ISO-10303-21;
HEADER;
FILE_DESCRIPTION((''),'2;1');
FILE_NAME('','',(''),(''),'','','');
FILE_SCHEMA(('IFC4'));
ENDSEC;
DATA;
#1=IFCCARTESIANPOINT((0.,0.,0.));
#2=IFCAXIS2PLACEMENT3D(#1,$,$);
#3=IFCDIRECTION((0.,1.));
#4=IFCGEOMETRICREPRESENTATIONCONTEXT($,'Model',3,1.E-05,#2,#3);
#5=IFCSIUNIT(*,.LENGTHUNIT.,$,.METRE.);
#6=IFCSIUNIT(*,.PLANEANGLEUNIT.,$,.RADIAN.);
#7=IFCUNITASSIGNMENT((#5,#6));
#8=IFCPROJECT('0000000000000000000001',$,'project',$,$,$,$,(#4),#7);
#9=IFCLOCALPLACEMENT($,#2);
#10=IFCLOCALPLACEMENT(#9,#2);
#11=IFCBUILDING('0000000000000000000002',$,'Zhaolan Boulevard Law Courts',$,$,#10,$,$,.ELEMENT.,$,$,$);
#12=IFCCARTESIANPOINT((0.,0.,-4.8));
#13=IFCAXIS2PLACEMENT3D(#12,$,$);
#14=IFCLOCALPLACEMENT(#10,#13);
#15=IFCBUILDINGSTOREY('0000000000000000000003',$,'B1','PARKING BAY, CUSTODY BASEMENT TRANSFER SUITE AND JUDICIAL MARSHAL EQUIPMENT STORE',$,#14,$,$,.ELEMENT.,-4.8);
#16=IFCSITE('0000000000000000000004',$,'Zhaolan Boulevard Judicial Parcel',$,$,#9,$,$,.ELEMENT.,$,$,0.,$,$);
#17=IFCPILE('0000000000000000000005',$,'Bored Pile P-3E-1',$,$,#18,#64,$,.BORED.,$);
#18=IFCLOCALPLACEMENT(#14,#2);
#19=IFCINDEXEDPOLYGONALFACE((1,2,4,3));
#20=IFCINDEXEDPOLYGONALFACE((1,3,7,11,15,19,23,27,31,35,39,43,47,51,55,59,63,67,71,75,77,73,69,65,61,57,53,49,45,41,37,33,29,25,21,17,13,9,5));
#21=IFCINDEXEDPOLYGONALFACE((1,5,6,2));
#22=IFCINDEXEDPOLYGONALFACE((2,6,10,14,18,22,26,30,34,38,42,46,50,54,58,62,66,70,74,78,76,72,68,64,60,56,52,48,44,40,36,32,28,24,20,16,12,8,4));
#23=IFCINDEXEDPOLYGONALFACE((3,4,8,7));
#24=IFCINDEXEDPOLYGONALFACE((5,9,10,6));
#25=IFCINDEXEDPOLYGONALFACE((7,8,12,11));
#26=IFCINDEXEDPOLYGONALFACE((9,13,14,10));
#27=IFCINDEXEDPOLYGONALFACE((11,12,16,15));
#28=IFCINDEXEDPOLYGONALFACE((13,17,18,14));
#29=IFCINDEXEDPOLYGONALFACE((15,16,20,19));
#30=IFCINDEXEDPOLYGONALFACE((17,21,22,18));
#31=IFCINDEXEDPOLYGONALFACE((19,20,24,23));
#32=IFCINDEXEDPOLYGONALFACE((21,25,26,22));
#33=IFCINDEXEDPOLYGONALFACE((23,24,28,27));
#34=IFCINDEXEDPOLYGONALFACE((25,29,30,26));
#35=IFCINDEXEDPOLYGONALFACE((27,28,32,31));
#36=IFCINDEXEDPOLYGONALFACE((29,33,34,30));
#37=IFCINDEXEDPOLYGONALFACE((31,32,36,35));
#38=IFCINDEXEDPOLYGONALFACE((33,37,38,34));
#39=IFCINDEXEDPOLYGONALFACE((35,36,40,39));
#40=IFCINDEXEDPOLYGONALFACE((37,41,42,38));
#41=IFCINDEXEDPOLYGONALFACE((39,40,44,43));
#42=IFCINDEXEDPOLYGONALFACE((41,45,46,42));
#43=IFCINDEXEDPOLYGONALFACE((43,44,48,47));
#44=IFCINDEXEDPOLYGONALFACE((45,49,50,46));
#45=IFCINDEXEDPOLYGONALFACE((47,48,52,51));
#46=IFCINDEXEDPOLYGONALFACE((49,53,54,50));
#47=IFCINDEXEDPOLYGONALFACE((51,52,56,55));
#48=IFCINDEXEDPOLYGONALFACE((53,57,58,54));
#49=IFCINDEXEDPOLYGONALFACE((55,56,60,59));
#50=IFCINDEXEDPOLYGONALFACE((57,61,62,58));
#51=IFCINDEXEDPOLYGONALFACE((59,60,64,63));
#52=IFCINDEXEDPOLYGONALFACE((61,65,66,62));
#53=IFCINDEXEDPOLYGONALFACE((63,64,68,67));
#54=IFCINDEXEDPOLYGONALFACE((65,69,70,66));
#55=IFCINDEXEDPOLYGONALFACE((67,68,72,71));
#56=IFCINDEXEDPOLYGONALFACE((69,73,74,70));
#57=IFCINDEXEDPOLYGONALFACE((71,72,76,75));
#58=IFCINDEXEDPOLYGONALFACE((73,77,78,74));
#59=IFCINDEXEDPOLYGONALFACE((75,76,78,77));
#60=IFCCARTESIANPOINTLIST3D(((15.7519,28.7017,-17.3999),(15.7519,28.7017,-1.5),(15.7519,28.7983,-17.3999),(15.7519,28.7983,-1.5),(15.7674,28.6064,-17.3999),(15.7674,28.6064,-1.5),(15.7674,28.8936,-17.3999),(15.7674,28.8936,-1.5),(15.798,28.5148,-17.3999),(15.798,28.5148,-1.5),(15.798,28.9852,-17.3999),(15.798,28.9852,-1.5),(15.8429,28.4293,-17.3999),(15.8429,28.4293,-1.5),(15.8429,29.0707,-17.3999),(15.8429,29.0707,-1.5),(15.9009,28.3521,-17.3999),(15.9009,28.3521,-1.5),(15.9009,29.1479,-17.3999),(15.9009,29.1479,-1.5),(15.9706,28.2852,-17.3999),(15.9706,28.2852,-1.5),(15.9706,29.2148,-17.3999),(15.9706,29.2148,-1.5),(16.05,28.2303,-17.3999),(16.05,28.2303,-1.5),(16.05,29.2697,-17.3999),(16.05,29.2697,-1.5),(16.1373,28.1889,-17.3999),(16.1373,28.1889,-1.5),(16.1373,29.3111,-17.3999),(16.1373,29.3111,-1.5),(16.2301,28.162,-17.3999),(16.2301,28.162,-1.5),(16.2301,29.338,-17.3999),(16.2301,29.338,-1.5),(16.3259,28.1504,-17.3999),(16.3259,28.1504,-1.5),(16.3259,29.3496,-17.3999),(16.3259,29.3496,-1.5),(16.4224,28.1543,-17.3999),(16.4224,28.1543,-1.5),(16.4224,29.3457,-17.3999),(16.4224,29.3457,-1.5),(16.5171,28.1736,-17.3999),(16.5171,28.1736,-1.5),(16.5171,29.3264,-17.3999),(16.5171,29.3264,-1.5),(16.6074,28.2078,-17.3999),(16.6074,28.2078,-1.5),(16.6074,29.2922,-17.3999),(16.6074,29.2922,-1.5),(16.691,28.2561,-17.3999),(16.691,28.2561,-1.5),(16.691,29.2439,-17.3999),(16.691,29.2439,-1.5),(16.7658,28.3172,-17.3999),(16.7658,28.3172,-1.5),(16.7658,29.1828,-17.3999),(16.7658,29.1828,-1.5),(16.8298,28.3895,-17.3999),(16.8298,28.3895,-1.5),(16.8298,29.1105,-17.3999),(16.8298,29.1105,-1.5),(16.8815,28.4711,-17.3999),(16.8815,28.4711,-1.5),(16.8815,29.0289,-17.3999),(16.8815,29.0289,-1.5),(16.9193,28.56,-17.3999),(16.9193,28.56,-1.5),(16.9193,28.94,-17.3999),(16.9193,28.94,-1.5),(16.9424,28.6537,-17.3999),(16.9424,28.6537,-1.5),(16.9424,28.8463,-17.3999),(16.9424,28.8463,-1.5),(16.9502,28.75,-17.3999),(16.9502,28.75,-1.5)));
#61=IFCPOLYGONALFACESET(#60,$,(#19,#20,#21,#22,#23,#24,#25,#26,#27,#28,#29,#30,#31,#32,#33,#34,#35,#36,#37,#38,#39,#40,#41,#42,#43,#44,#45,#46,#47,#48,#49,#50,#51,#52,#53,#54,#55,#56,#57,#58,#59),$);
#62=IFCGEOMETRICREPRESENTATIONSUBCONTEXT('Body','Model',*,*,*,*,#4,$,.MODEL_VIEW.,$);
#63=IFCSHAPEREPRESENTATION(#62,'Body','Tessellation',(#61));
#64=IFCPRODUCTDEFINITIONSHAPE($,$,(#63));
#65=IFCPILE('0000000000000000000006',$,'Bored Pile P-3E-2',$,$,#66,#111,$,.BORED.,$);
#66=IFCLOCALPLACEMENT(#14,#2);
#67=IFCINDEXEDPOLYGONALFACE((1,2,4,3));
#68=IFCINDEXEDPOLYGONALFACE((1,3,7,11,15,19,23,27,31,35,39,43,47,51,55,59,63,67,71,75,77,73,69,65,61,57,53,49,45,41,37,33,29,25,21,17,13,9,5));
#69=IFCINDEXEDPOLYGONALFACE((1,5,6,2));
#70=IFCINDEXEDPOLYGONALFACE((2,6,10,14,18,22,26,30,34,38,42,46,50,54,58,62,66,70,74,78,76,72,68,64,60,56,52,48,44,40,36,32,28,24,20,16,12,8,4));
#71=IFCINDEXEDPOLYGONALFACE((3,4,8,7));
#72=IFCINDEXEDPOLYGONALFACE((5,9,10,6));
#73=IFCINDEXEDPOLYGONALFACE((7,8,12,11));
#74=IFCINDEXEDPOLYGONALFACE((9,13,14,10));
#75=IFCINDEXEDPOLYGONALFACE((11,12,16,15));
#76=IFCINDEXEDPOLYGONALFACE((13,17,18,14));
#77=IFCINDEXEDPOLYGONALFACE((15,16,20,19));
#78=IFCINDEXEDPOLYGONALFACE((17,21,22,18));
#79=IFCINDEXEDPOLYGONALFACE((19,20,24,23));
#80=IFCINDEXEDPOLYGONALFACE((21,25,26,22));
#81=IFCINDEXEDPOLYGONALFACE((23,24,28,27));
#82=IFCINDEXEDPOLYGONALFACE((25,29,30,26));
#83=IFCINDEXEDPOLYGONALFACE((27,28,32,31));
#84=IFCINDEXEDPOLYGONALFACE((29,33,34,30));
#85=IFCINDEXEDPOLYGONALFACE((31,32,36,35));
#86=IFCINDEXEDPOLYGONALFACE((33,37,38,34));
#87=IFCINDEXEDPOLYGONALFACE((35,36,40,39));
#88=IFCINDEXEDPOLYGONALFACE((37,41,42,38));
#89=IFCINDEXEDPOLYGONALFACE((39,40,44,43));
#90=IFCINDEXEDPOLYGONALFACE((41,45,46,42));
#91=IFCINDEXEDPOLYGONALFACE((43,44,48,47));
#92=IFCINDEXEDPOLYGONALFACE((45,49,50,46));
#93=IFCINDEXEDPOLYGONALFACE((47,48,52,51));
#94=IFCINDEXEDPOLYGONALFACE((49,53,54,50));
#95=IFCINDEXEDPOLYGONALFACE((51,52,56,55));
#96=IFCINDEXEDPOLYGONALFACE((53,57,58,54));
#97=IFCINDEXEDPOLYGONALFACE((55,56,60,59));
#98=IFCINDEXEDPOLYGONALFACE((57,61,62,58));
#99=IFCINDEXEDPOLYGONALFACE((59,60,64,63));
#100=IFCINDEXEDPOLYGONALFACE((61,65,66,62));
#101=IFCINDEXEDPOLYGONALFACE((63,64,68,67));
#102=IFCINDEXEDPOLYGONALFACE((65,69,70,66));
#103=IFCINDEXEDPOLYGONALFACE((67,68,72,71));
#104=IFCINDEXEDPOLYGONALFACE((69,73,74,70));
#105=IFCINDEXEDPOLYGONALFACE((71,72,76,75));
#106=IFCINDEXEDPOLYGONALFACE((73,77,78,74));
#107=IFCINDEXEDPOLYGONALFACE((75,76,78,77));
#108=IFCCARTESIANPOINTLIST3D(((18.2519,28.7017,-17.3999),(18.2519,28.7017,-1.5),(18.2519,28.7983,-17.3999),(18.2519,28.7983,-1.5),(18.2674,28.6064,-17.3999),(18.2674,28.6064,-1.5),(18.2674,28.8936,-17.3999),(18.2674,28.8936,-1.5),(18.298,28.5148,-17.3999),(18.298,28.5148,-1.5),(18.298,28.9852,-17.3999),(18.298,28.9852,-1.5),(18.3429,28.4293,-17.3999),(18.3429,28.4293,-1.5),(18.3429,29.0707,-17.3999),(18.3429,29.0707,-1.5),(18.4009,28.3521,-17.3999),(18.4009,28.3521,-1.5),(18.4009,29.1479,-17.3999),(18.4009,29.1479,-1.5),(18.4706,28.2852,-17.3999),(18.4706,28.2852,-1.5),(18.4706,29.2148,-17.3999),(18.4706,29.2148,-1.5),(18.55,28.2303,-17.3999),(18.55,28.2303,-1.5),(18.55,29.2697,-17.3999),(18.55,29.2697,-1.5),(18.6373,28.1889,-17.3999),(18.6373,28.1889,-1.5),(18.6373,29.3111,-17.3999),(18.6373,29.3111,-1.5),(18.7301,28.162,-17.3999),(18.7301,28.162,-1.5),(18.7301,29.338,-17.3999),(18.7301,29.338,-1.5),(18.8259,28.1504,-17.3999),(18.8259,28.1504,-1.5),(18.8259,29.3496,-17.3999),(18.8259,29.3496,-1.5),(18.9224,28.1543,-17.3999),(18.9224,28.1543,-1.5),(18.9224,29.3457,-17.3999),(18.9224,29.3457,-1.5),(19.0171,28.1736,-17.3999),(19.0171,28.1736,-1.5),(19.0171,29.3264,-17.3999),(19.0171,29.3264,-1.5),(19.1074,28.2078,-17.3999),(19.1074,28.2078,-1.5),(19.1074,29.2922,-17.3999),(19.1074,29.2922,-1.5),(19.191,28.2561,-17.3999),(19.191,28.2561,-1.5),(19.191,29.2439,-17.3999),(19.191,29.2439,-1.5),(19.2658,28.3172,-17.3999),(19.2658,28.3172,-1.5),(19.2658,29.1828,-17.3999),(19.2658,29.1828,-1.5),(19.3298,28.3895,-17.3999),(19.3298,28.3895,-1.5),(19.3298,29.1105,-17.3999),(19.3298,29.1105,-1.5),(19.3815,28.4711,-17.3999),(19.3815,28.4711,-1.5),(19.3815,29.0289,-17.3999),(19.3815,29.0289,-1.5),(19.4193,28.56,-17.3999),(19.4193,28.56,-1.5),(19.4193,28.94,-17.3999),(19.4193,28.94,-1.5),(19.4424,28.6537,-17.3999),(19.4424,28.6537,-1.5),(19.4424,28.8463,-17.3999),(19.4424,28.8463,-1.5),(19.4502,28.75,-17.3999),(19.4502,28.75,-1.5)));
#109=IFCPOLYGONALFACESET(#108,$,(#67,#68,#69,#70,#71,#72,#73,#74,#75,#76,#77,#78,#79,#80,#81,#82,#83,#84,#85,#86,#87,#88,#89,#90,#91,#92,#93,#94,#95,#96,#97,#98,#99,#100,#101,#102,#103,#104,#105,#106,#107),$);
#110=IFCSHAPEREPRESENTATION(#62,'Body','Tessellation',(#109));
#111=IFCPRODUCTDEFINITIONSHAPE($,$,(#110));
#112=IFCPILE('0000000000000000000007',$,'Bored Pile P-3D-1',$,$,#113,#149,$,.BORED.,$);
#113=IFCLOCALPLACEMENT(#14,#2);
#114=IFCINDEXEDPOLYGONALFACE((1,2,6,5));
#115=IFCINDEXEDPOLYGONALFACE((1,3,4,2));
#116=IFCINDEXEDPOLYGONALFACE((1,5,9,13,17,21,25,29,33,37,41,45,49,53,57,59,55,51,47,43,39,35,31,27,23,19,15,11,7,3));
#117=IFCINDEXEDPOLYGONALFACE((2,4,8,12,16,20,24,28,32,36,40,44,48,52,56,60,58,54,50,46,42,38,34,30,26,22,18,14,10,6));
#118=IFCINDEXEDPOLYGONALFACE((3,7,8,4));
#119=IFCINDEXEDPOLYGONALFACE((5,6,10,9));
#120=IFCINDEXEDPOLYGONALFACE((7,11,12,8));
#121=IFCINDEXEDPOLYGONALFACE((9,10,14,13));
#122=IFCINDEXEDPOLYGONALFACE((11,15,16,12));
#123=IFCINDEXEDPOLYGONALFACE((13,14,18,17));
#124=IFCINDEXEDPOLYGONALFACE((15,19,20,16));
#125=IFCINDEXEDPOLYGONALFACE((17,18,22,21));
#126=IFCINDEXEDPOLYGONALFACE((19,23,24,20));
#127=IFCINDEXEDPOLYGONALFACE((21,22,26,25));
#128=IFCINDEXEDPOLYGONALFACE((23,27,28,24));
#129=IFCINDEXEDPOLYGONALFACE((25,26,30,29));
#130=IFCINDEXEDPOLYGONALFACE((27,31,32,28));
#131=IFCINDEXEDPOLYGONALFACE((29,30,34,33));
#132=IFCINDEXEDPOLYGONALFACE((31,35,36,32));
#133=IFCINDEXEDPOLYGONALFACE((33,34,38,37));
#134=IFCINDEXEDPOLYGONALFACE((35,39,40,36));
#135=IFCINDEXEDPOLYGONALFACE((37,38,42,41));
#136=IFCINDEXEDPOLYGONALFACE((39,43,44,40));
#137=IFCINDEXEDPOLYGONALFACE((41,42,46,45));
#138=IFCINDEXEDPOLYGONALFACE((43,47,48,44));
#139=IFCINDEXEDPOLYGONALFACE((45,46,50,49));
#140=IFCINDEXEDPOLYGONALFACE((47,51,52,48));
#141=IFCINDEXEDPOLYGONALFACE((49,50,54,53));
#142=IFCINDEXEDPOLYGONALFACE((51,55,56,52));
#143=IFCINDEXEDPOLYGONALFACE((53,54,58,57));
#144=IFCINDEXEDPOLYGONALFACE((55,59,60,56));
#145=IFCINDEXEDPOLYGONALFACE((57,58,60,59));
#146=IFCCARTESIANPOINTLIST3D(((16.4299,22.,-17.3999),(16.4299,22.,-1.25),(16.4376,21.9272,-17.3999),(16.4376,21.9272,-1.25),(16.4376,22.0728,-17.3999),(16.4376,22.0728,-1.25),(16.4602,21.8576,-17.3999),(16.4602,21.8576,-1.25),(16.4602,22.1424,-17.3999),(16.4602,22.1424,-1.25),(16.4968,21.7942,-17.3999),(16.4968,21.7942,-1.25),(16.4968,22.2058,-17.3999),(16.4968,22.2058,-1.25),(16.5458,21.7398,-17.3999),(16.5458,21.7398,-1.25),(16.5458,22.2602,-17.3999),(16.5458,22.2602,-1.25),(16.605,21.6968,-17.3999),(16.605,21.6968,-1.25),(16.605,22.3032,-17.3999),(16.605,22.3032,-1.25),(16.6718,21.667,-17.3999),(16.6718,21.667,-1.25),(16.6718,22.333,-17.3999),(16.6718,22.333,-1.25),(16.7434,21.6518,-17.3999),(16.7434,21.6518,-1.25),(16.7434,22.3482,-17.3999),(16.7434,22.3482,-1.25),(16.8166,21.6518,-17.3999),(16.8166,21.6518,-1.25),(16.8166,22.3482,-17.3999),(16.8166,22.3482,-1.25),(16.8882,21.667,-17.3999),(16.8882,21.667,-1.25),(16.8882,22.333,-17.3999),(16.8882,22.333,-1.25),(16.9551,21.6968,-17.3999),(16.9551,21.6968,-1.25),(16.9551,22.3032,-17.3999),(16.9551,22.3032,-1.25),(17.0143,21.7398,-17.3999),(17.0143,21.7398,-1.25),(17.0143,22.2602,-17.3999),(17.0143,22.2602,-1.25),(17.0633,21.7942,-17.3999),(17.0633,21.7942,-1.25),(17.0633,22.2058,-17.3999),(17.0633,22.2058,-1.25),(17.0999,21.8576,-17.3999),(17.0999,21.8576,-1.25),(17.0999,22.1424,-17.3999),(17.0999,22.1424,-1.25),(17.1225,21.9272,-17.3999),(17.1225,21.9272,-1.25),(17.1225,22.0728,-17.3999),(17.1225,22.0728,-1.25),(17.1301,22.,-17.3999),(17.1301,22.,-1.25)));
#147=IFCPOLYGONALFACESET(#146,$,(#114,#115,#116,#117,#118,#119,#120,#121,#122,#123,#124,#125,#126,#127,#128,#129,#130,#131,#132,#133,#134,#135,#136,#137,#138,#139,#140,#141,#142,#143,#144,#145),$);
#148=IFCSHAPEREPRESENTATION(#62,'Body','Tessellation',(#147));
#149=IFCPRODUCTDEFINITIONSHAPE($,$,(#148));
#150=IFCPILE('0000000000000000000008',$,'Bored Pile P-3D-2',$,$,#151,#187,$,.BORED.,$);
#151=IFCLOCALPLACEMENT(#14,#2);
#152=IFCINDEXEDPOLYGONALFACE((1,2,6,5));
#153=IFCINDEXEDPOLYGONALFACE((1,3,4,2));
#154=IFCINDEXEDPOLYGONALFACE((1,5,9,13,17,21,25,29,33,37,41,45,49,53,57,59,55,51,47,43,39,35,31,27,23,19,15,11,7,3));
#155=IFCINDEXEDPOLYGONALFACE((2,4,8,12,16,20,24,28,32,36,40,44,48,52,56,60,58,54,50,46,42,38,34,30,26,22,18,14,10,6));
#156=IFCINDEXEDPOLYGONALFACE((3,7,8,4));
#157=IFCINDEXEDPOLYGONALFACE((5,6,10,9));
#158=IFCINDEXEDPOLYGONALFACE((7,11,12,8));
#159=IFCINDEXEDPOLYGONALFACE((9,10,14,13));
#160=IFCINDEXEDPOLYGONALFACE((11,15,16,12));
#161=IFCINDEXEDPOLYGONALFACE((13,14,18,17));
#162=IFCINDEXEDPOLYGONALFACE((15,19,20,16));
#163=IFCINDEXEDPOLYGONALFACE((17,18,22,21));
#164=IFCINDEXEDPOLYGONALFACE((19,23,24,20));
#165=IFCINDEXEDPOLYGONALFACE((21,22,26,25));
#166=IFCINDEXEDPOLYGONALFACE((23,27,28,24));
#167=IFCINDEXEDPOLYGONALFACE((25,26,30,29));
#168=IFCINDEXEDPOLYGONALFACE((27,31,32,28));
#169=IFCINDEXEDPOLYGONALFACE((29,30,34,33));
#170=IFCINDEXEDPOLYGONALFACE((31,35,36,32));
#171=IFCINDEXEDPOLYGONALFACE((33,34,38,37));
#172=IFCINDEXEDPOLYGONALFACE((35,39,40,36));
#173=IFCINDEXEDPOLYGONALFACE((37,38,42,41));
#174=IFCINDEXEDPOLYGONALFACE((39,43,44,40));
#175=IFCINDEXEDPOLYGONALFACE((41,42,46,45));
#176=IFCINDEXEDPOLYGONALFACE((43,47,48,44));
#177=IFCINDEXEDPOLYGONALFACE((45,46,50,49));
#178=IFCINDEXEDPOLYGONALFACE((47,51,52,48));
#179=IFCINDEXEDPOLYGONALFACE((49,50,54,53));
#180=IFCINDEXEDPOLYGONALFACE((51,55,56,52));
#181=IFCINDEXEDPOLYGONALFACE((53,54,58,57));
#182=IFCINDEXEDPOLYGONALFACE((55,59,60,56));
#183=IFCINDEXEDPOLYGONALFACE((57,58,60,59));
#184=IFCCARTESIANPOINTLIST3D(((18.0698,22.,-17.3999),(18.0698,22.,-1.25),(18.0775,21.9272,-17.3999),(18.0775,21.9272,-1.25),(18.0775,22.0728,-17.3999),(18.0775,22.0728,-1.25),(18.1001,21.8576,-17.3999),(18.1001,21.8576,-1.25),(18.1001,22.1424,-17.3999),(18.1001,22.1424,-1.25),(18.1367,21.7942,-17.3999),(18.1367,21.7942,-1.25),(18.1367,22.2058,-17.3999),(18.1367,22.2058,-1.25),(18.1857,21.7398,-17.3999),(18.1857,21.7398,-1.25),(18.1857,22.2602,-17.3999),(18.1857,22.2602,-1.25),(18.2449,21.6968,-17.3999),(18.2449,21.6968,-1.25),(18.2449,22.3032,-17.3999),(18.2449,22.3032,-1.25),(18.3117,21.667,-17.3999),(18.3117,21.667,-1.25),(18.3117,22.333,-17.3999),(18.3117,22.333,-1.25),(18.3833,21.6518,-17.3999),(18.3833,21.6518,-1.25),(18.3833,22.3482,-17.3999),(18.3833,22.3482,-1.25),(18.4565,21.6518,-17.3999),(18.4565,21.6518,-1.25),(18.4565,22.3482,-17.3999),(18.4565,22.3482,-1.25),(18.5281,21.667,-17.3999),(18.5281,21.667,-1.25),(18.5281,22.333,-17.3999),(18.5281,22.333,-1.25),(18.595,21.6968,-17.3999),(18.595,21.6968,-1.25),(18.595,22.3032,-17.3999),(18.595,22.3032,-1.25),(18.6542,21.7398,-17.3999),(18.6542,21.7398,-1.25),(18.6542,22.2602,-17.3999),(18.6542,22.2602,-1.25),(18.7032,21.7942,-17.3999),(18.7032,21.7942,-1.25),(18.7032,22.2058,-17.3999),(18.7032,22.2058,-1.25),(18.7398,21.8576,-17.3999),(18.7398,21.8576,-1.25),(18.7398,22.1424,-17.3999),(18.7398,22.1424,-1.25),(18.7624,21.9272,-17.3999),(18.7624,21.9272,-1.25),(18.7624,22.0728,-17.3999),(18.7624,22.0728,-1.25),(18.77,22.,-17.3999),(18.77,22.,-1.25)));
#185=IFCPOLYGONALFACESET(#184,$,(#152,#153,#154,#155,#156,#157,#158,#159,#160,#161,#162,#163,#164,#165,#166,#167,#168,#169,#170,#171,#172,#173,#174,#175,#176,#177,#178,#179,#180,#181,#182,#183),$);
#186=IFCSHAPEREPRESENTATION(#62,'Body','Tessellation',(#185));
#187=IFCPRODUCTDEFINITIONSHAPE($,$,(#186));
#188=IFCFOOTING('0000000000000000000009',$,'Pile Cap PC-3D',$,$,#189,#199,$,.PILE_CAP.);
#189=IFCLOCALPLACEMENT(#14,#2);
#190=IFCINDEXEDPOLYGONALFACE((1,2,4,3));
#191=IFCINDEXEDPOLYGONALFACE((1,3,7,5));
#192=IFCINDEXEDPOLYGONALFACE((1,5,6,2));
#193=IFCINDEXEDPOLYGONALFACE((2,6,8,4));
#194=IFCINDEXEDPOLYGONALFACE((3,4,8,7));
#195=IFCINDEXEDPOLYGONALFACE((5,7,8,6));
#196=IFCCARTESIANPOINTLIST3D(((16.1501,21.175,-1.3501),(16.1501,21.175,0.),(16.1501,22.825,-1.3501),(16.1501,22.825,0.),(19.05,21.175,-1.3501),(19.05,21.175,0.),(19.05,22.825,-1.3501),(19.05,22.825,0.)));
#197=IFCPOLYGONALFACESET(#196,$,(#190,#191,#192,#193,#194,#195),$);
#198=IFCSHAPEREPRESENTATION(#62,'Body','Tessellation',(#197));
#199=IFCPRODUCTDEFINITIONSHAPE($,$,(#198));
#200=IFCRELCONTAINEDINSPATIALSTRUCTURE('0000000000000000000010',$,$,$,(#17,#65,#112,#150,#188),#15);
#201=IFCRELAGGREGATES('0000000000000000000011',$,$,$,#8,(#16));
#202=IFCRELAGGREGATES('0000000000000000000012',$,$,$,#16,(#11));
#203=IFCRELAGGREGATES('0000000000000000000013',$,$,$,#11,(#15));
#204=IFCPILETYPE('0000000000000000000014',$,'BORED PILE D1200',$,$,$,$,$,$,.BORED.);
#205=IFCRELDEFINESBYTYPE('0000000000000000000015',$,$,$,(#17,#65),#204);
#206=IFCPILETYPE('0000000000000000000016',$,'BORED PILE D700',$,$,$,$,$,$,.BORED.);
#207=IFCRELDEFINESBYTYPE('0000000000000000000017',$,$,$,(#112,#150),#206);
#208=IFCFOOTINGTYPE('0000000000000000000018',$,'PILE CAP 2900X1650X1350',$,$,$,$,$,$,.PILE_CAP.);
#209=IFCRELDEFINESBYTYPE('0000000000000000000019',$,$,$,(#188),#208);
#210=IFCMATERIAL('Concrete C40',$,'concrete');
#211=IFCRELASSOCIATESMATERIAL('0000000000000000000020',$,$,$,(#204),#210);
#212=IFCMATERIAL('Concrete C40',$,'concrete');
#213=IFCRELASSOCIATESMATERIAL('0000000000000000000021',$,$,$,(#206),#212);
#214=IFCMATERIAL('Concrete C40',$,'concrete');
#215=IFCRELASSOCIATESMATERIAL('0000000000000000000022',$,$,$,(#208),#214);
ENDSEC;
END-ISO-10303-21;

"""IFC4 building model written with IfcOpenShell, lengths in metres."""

from ifc_helpers import new_model, si_unit, direction, frame, origin, origin_2d, place, context, subcontext, project, spatial, rectangle, circle, extrude, material, material_profile, profile_set, type_object, element, save


model = new_model("IFC4")

# Units and contexts
model_context = context("Model", 3, precision=1e-05, world=origin(), true_north=direction((0.0, 1.0)))
body_context = subcontext(model_context, "Body", "Model", "MODEL_VIEW")
ifc_project = project(units=[si_unit("LENGTHUNIT", "METRE"), si_unit("PLANEANGLEUNIT", "RADIAN")], contexts=[model_context])

# Site, building, storey
site_placement = place(None, origin())
site = spatial("IfcSite", under=ifc_project, at=site_placement, Name="Zhaolan Boulevard Judicial Parcel", CompositionType="ELEMENT", RefElevation=0.0)
building_placement = place(site_placement, origin())
building = spatial("IfcBuilding", under=site, at=building_placement, Name="Zhaolan Boulevard Law Courts", CompositionType="ELEMENT")
storey_placement = place(building_placement, frame((0.0, 0.0, -4.8)))
storey = spatial("IfcBuildingStorey", under=building, at=storey_placement, Name="B1", Description="PARKING BAY, CUSTODY BASEMENT TRANSFER SUITE AND JUDICIAL MARSHAL EQUIPMENT STORE", CompositionType="ELEMENT", Elevation=-4.8)

# Piles
ifc_material_1 = material(Name="Concrete C40", Category="concrete")
ifc_material_profile_1 = material_profile(ifc_material_1, circle(Radius=0.6001, at=origin_2d()), Name="PILE-D1200")
ifc_profile_set_1 = profile_set([ifc_material_profile_1], Name="Concrete C40")
pile_type_1 = type_object("IfcPileType", Name="BORED PILE D1200", PredefinedType="BORED", material=ifc_profile_set_1)
for number, where, z_axis, x_axis, name in (
    (1, (16.3501, 28.75, -1.5), (0.0, 0.0, -1.0), (1.0, 0.0, 0.0), "Bored Pile P-3E-1"),
    (2, (18.8501, 28.75, -1.5), (0.0, 0.0, -1.0), (1.0, 0.0, 0.0), "Bored Pile P-3E-2"),
):
    element("IfcPile", number, at=place(storey_placement, frame(where, z_axis=z_axis, x_axis=x_axis)), inside=storey, type_object=pile_type_1, Name=name, PredefinedType="BORED", context=body_context, shape_type="SweptSolid", body=[
        extrude(circle(Radius=0.6001, at=origin_2d()), origin(), (0.0, 0.0, 1.0), 15.8999),
    ])
ifc_material_2 = material(Name="Concrete C40", Category="concrete")
ifc_material_profile_2 = material_profile(ifc_material_2, circle(Radius=0.3501, at=origin_2d()), Name="PILE-D700")
ifc_profile_set_2 = profile_set([ifc_material_profile_2], Name="Concrete C40")
pile_type_2 = type_object("IfcPileType", Name="BORED PILE D700", PredefinedType="BORED", material=ifc_profile_set_2)
for number, where, z_axis, x_axis, name in (
    (3, (16.78, 22.0, -1.25), (0.0, 0.0, -1.0), (1.0, 0.0, 0.0), "Bored Pile P-3D-1"),
    (4, (18.4199, 22.0, -1.25), (0.0, 0.0, -1.0), (1.0, 0.0, 0.0), "Bored Pile P-3D-2"),
):
    element("IfcPile", number, at=place(storey_placement, frame(where, z_axis=z_axis, x_axis=x_axis)), inside=storey, type_object=pile_type_2, Name=name, PredefinedType="BORED", context=body_context, shape_type="SweptSolid", body=[
        extrude(circle(Radius=0.3501, at=origin_2d()), origin(), (0.0, 0.0, 1.0), 16.1499),
    ])

# Footing
ifc_material_3 = material(Name="Concrete C40", Category="concrete")
footing_type_1 = type_object("IfcFootingType", Name="PILE CAP 2900X1650X1350", PredefinedType="PILE_CAP", material=ifc_material_3)
footing_1_placement = place(storey_placement, frame((17.6001, 22.0, -1.3501), z_axis=(0.0, 0.0, 1.0), x_axis=(1.0, 0.0, 0.0)))
element("IfcFooting", 5, at=footing_1_placement, inside=storey, type_object=footing_type_1, Name="Pile Cap PC-3D", PredefinedType="PILE_CAP", context=body_context, shape_type="SweptSolid", body=[
    extrude(rectangle(XDim=2.8999, YDim=1.6499, at=origin_2d()), origin(), (0.0, 0.0, 1.0), 1.3501),
])

save(model, "model.ifc")
